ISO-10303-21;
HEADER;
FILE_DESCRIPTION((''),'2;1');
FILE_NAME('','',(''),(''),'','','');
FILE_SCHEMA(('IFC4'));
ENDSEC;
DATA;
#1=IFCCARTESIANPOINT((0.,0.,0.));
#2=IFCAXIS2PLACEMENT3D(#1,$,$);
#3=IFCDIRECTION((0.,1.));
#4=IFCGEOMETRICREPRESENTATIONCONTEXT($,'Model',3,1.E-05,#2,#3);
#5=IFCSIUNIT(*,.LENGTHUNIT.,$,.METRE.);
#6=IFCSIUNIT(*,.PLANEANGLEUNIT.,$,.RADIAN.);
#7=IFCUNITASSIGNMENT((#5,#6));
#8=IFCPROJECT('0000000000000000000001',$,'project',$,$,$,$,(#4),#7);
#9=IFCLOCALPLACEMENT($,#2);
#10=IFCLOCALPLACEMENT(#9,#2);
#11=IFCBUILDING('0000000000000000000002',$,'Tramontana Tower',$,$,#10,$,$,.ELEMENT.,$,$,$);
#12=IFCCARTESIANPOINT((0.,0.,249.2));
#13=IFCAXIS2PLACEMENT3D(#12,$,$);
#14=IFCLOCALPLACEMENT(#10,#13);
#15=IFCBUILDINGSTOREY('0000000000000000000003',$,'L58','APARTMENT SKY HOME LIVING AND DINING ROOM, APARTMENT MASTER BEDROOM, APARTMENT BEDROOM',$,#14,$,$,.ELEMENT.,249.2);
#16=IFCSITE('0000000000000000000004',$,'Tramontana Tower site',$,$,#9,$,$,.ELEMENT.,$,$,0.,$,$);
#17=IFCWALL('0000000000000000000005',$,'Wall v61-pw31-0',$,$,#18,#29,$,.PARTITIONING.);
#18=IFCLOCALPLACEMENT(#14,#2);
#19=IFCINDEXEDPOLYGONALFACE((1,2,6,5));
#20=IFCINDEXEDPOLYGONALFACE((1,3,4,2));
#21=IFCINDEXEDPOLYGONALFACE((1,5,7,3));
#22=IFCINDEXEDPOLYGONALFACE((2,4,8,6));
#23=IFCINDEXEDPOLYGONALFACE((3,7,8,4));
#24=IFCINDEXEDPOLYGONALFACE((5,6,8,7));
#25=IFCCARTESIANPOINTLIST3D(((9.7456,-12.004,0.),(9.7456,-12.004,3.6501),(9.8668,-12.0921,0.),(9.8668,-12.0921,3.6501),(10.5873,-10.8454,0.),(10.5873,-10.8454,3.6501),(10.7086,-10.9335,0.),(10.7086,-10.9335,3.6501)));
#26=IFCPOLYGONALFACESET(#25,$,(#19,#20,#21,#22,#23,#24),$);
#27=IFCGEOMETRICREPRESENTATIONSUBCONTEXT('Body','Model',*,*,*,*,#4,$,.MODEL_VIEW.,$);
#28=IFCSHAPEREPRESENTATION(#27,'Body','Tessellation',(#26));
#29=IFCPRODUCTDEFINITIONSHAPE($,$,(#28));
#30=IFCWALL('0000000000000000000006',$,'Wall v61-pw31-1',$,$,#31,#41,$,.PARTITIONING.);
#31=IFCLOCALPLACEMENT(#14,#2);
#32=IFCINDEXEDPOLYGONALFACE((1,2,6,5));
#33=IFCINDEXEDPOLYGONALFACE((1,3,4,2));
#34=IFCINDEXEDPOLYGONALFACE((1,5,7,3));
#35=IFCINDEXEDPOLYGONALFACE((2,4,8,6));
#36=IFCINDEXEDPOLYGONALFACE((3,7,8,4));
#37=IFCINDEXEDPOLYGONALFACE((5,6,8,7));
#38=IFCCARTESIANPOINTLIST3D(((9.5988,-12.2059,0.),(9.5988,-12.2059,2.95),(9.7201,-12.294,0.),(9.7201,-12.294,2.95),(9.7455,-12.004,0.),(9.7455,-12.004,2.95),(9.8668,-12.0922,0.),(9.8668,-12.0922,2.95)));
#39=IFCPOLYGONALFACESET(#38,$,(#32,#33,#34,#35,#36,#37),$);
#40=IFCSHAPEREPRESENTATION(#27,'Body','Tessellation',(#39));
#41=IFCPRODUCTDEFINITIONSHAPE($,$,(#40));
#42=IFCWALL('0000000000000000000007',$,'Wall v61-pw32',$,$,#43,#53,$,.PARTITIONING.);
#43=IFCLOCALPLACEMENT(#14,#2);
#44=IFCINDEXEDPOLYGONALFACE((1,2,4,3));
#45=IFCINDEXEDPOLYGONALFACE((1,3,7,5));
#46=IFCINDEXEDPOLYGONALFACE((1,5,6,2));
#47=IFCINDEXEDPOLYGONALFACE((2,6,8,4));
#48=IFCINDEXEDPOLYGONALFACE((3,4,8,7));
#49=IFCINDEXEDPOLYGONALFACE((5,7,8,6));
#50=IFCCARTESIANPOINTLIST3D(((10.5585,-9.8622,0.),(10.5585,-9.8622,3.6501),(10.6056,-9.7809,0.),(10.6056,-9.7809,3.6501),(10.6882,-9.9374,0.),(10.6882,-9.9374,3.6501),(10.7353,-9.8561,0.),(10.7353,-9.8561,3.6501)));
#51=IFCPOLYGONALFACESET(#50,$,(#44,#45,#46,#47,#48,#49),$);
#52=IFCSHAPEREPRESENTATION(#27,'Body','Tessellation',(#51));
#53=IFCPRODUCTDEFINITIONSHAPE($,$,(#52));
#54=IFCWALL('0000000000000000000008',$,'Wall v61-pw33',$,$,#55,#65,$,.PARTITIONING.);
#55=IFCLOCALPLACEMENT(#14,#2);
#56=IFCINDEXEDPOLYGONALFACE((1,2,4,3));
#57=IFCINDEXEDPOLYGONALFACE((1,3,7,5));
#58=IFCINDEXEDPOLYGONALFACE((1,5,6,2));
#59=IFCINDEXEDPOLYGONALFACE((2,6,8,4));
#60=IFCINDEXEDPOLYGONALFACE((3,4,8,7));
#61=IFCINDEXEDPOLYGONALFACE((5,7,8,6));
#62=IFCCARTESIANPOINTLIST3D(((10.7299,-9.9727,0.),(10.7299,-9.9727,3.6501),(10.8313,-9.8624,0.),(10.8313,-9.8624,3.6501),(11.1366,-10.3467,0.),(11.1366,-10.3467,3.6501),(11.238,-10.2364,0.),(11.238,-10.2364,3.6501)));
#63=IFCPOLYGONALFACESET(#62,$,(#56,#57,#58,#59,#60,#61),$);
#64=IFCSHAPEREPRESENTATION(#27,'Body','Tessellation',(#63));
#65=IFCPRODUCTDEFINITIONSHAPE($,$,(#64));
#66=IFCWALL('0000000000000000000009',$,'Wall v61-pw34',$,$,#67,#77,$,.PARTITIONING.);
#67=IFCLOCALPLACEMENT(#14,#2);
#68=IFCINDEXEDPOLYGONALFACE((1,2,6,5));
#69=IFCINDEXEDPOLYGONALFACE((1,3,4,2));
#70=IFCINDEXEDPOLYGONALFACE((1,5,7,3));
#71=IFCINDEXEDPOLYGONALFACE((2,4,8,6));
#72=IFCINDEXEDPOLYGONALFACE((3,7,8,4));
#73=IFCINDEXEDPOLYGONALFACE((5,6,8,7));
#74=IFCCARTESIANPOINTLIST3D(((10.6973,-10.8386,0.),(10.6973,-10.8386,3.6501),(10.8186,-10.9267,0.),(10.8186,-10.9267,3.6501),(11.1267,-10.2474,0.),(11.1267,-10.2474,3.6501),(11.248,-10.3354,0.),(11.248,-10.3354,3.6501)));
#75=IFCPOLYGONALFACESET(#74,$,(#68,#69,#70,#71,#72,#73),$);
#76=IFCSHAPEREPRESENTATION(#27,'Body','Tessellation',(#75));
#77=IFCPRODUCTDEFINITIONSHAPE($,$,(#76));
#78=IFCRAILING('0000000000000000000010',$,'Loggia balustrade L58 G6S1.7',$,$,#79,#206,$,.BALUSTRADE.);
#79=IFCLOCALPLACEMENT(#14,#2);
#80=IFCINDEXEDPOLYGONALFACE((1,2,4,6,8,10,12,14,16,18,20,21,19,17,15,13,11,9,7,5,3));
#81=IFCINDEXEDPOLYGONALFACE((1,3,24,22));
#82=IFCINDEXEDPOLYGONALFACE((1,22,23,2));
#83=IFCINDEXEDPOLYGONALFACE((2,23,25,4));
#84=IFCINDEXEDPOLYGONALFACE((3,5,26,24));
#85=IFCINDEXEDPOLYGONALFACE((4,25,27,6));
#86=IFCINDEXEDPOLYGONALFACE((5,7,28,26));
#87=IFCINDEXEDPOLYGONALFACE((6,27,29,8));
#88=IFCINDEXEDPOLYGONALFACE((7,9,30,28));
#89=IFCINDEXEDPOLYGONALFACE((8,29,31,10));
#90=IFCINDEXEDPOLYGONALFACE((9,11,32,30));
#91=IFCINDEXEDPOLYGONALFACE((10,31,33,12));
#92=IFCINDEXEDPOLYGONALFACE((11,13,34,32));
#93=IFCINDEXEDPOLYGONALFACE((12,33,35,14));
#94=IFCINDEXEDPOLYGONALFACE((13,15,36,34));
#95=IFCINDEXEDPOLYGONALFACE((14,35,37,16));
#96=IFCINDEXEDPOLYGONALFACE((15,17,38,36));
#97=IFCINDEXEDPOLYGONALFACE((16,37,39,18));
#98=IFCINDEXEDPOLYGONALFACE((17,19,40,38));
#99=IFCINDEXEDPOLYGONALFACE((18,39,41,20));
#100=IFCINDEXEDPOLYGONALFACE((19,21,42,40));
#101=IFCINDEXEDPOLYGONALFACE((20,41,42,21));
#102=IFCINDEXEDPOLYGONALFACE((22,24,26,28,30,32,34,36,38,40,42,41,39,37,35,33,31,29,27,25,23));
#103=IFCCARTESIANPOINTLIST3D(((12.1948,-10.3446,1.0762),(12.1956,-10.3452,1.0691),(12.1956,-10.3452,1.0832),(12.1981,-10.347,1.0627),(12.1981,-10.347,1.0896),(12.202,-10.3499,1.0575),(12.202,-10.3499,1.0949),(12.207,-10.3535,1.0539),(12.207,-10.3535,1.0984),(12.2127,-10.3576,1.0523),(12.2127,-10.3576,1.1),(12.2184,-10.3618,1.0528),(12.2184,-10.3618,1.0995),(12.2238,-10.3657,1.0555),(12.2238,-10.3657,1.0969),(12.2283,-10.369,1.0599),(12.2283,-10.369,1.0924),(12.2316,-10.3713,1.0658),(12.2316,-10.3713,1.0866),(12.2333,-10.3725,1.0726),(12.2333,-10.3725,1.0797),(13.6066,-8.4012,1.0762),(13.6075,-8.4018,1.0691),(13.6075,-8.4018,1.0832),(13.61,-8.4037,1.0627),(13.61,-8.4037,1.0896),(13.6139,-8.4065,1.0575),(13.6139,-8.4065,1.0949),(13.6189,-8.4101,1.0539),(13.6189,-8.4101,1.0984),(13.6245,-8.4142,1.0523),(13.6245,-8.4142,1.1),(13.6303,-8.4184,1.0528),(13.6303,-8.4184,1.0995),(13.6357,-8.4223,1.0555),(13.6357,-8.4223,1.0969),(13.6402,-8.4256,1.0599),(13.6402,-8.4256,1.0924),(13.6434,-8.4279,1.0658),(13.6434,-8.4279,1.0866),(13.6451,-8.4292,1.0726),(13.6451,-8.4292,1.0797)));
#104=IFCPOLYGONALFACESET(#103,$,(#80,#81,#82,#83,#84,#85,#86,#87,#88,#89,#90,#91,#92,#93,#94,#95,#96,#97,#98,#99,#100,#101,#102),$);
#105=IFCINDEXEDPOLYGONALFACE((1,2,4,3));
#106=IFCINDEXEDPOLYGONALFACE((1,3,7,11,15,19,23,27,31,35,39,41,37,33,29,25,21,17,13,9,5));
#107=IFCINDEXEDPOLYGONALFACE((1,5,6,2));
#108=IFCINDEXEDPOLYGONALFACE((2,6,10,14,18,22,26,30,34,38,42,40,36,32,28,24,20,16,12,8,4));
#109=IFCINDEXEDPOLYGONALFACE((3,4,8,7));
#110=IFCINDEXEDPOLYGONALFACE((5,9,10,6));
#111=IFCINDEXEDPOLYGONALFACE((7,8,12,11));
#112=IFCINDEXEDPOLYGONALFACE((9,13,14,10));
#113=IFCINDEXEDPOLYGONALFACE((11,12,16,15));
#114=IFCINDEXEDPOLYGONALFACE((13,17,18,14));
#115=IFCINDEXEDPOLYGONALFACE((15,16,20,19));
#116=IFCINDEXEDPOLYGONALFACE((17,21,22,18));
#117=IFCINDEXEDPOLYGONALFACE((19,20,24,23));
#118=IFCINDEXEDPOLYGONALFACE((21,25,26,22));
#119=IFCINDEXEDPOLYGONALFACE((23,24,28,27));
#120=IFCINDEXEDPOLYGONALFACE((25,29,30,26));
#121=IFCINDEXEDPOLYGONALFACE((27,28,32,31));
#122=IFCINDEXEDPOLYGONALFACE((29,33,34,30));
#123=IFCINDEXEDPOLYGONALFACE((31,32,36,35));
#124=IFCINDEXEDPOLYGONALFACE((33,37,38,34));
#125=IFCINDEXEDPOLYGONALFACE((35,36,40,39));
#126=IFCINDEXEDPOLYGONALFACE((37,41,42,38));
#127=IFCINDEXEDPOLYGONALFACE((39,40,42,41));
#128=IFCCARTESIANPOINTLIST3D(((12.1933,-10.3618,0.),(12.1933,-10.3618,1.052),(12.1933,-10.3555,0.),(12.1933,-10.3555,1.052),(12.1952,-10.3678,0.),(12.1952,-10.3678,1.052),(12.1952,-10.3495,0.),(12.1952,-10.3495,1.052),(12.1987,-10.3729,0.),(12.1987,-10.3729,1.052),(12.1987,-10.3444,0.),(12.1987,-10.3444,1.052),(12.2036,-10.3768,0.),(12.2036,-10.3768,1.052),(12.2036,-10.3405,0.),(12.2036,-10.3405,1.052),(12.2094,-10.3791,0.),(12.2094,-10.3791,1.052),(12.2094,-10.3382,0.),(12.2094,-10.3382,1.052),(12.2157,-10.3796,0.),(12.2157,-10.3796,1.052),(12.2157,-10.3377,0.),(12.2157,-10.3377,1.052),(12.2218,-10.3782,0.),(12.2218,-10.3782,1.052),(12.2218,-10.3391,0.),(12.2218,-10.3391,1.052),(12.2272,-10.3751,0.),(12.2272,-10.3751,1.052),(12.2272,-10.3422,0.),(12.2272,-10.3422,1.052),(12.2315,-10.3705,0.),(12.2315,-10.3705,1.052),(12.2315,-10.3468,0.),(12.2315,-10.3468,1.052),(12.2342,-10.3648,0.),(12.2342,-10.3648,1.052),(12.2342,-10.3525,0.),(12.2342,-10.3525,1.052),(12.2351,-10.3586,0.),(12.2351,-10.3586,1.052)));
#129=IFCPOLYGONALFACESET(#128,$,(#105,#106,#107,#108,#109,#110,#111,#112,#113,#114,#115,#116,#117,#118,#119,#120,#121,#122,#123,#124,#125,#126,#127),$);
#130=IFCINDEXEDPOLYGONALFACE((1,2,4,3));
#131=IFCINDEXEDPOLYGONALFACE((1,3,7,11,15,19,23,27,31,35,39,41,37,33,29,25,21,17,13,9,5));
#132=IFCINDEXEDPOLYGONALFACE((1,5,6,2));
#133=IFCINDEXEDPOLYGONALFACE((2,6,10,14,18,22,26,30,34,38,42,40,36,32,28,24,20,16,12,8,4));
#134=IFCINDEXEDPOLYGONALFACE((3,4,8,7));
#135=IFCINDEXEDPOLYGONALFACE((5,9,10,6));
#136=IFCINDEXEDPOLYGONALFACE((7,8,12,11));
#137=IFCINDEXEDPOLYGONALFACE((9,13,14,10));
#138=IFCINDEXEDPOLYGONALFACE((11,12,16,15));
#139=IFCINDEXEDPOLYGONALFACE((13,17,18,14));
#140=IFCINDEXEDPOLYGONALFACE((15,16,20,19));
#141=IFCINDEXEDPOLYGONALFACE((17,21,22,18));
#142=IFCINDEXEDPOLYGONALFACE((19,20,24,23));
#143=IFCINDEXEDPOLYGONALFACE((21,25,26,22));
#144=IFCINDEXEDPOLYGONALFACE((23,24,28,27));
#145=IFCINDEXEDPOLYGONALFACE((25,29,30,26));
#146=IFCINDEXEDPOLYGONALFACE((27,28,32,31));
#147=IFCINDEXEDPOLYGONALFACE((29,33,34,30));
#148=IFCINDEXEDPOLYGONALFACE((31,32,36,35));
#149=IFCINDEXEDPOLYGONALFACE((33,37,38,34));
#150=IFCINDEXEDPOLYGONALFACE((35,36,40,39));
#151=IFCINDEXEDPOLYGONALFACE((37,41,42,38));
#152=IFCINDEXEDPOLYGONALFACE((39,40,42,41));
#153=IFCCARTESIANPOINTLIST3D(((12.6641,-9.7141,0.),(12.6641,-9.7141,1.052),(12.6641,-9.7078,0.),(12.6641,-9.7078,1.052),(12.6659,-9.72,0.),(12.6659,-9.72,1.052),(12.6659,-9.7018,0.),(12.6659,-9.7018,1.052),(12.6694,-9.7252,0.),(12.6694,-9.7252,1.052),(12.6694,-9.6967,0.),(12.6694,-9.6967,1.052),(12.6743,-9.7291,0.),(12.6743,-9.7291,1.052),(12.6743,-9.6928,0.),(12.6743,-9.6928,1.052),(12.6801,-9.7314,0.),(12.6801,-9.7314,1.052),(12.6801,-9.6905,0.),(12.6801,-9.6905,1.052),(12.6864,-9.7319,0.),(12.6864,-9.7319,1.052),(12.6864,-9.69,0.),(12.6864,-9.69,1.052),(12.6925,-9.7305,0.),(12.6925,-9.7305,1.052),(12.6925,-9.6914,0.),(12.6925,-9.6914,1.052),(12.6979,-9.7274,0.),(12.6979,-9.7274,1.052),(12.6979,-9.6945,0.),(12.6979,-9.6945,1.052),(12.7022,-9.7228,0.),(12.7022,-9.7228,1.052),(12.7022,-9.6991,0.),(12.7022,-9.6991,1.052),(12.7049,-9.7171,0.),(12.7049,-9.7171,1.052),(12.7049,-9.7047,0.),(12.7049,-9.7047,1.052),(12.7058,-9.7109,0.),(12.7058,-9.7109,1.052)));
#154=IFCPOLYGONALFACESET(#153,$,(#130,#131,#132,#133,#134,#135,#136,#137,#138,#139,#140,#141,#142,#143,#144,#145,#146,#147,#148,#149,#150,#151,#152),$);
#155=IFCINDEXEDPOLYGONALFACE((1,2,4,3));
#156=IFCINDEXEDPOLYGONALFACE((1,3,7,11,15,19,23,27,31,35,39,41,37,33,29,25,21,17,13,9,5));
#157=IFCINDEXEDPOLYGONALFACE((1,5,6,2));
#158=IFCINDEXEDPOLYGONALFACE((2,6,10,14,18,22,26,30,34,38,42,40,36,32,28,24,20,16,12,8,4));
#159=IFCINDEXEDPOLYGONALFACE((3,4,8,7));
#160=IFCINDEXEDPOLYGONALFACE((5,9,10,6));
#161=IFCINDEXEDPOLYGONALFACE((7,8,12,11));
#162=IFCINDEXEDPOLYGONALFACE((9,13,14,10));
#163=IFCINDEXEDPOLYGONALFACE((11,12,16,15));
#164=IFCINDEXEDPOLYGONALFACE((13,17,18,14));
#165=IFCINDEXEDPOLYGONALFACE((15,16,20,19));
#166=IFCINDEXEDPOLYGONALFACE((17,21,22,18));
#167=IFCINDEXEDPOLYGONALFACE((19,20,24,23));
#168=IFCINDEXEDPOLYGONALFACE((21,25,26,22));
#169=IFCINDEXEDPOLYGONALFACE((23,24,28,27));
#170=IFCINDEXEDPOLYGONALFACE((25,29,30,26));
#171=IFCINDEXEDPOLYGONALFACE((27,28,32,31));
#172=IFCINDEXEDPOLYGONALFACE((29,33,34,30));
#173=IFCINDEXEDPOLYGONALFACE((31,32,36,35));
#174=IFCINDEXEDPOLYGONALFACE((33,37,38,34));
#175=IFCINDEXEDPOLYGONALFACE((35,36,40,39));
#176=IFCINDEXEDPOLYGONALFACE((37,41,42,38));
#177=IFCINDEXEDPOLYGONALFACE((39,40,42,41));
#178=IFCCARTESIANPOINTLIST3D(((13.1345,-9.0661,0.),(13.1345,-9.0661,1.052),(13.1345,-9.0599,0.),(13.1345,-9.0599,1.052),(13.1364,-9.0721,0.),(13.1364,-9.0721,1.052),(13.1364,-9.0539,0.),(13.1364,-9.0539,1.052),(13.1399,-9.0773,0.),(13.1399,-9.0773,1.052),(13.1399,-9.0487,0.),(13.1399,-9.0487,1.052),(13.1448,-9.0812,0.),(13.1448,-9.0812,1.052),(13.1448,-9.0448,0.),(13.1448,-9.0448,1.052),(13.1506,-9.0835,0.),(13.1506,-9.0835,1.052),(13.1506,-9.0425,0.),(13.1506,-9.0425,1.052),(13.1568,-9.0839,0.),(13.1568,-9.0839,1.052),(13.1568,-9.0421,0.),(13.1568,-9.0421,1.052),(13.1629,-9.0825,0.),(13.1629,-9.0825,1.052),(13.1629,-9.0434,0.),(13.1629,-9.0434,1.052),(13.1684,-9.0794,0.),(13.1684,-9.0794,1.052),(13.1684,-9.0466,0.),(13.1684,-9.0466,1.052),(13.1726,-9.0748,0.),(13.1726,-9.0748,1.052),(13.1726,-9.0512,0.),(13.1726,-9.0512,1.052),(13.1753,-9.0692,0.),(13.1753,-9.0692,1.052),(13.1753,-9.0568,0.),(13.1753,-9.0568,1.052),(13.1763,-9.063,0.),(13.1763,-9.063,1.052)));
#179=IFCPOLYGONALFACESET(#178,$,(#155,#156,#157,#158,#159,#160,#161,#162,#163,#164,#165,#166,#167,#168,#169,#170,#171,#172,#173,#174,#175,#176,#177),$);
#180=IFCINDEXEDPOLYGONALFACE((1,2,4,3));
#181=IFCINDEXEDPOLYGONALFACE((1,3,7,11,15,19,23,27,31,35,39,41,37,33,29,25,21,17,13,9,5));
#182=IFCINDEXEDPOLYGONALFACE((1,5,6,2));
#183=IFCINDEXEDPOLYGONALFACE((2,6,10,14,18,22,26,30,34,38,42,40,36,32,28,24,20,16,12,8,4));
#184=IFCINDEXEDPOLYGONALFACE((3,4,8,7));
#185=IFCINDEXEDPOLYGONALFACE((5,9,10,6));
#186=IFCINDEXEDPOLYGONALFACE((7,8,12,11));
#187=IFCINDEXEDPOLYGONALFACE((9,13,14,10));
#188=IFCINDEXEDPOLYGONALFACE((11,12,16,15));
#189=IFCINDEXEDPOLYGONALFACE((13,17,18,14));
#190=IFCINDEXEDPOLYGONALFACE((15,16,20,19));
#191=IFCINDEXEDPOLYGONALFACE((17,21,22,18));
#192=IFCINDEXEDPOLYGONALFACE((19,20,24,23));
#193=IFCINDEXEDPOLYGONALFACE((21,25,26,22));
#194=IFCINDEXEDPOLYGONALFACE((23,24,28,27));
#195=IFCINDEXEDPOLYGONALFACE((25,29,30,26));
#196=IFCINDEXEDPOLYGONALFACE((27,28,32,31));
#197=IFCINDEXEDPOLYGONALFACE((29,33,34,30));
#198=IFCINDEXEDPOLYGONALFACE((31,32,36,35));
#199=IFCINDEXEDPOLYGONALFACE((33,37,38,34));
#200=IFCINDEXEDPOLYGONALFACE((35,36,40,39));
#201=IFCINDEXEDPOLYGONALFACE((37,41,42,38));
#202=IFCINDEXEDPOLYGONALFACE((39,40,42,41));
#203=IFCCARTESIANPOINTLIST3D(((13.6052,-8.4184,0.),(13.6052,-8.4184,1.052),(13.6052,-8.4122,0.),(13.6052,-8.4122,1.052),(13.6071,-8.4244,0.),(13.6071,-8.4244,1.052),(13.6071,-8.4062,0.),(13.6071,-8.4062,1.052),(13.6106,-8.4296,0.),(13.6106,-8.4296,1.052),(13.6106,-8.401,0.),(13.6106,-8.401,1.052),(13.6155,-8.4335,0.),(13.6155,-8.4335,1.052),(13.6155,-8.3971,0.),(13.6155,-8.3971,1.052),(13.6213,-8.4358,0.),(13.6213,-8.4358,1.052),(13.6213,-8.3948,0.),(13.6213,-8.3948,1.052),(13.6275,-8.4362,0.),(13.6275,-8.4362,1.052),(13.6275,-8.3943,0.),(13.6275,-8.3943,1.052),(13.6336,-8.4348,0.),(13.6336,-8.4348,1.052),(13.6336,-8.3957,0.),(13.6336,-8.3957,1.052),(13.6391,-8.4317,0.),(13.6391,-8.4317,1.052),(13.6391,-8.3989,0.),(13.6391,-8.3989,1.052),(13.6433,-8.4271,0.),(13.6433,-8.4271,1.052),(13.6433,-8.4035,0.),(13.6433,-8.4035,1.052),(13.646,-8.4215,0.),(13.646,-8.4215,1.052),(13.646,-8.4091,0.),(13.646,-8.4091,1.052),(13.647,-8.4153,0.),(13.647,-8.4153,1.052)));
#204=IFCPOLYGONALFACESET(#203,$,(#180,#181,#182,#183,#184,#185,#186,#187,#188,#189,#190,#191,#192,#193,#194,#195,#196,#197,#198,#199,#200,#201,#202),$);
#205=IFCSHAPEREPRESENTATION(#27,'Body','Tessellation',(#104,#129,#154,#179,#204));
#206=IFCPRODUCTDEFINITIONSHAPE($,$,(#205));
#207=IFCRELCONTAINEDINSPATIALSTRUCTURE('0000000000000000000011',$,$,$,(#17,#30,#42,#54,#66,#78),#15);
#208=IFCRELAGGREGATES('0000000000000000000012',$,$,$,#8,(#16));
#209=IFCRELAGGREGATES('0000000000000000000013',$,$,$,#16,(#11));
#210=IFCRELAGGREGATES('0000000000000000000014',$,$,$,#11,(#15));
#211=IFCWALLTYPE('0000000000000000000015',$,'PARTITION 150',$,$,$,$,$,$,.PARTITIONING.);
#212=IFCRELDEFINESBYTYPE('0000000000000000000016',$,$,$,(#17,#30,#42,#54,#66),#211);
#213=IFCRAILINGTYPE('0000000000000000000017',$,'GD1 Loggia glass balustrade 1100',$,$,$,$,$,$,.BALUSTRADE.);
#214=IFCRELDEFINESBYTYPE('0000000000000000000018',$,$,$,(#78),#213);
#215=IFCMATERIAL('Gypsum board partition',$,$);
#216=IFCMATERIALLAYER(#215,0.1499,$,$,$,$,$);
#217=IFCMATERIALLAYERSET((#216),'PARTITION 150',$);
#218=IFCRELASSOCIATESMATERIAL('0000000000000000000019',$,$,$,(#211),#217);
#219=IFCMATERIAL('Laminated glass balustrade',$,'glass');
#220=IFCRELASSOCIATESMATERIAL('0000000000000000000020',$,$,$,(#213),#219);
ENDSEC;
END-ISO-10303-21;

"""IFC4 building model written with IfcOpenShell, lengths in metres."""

from ifc_helpers import new_model, si_unit, direction, frame, frame_2d, origin, origin_2d, place, context, subcontext, project, spatial, rectangle, circle, extrude, material, layer, layer_set, type_object, element, save


model = new_model("IFC4")

# Units and contexts
model_context = context("Model", 3, precision=1e-05, world=origin(), true_north=direction((0.0, 1.0)))
body_context = subcontext(model_context, "Body", "Model", "MODEL_VIEW")
ifc_project = project(units=[si_unit("LENGTHUNIT", "METRE"), si_unit("PLANEANGLEUNIT", "RADIAN")], contexts=[model_context])

# Site, building, storey
site_placement = place(None, origin())
site = spatial("IfcSite", under=ifc_project, at=site_placement, Name="Tramontana Tower site", CompositionType="ELEMENT", RefElevation=0.0)
building_placement = place(site_placement, origin())
building = spatial("IfcBuilding", under=site, at=building_placement, Name="Tramontana Tower", CompositionType="ELEMENT")
storey_placement = place(building_placement, frame((0.0, 0.0, 249.2)))
storey = spatial("IfcBuildingStorey", under=building, at=storey_placement, Name="L58", Description="APARTMENT SKY HOME LIVING AND DINING ROOM, APARTMENT MASTER BEDROOM, APARTMENT BEDROOM", CompositionType="ELEMENT", Elevation=249.2)

# Shared definitions
ifc_material_1 = material(Name="Gypsum board partition")
ifc_layer_1 = layer(ifc_material_1, 0.1499)
ifc_layer_set_1 = layer_set([ifc_layer_1], Name="PARTITION 150")
wall_type_1 = type_object("IfcWallType", Name="PARTITION 150", PredefinedType="PARTITIONING", material=ifc_layer_set_1)

# Walls
wall_1_placement = place(storey_placement, frame((10.6479, -10.8894, 0.0), z_axis=(0.0, 0.0, 1.0), x_axis=(-0.587766, -0.809031, 0.0)))
element("IfcWall", 1, at=wall_1_placement, inside=storey, type_object=wall_type_1, Name="Wall v61-pw31-0", PredefinedType="PARTITIONING", context=body_context, shape_type="SweptSolid", body=[
    extrude(rectangle(XDim=1.4321, YDim=0.1499, at=frame_2d((0.7161, 0.0))), origin(), (0.0, 0.0, 1.0), 3.6501),
])
wall_2_placement = place(storey_placement, frame((9.8062, -12.0481, 0.0), z_axis=(0.0, 0.0, 1.0), x_axis=(-0.587881, -0.808948, 0.0)))
element("IfcWall", 2, at=wall_2_placement, inside=storey, type_object=wall_type_1, Name="Wall v61-pw31-1", PredefinedType="PARTITIONING", context=body_context, shape_type="SweptSolid", body=[
    extrude(rectangle(XDim=0.2495, YDim=0.1499, at=frame_2d((0.1248, 0.0))), origin(), (0.0, 0.0, 1.0), 2.95),
])
wall_3_placement = place(storey_placement, frame((10.6704, -9.8186, 0.0), z_axis=(0.0, 0.0, 1.0), x_axis=(-0.501446, -0.865189, 0.0)))
element("IfcWall", 3, at=wall_3_placement, inside=storey, type_object=wall_type_1, Name="Wall v61-pw32", PredefinedType="PARTITIONING", context=body_context, shape_type="SweptSolid", body=[
    extrude(rectangle(XDim=0.094, YDim=0.1499, at=frame_2d((0.0469, 0.0))), origin(), (0.0, 0.0, 1.0), 3.6501),
])
wall_4_placement = place(storey_placement, frame((10.7805, -9.9175, 0.0), z_axis=(0.0, 0.0, 1.0), x_axis=(0.736089, -0.676884, 0.0)))
element("IfcWall", 4, at=wall_4_placement, inside=storey, type_object=wall_type_1, Name="Wall v61-pw33", PredefinedType="PARTITIONING", context=body_context, shape_type="SweptSolid", body=[
    extrude(rectangle(XDim=0.5525, YDim=0.1499, at=frame_2d((0.2764, 0.0))), origin(), (0.0, 0.0, 1.0), 3.6501),
])
wall_5_placement = place(storey_placement, frame((11.1873, -10.2915, 0.0), z_axis=(0.0, 0.0, 1.0), x_axis=(-0.587635, -0.809126, 0.0)))
element("IfcWall", 5, at=wall_5_placement, inside=storey, type_object=wall_type_1, Name="Wall v61-pw34", PredefinedType="PARTITIONING", context=body_context, shape_type="SweptSolid", body=[
    extrude(rectangle(XDim=0.7307, YDim=0.1499, at=frame_2d((0.3652, 0.0))), origin(), (0.0, 0.0, 1.0), 3.6501),
])

# Railing
ifc_material_2 = material(Name="Laminated glass balustrade", Category="glass")
railing_type = type_object("IfcRailingType", Name="GD1 Loggia glass balustrade 1100", PredefinedType="BALUSTRADE", material=ifc_material_2)
railing_placement = place(storey_placement, frame((12.2141, -10.3586, 0.0)))
element("IfcRailing", 6, at=railing_placement, inside=storey, type_object=railing_type, Name="Loggia balustrade L58 G6S1.7", PredefinedType="BALUSTRADE", context=body_context, shape_type="SweptSolid", body=[
    extrude(circle(Radius=0.0239, at=origin_2d()), frame((0.0, 0.0, 1.0762), z_axis=(0.587767, 0.80903, 0.0), x_axis=(-0.80903, 0.587767, 0.0)), (0.0, 0.0, 1.0), 2.4021),
    extrude(circle(Radius=0.021, at=origin_2d()), origin(), (0.0, 0.0, 1.0), 1.052),
    extrude(circle(Radius=0.021, at=origin_2d()), frame((0.4707, 0.6477, 0.0)), (0.0, 0.0, 1.0), 1.052),
    extrude(circle(Radius=0.021, at=origin_2d()), frame((0.9412, 1.2957, 0.0)), (0.0, 0.0, 1.0), 1.052),
    extrude(circle(Radius=0.021, at=origin_2d()), frame((1.4119, 1.9434, 0.0)), (0.0, 0.0, 1.0), 1.052),
])

save(model, "model.ifc")
